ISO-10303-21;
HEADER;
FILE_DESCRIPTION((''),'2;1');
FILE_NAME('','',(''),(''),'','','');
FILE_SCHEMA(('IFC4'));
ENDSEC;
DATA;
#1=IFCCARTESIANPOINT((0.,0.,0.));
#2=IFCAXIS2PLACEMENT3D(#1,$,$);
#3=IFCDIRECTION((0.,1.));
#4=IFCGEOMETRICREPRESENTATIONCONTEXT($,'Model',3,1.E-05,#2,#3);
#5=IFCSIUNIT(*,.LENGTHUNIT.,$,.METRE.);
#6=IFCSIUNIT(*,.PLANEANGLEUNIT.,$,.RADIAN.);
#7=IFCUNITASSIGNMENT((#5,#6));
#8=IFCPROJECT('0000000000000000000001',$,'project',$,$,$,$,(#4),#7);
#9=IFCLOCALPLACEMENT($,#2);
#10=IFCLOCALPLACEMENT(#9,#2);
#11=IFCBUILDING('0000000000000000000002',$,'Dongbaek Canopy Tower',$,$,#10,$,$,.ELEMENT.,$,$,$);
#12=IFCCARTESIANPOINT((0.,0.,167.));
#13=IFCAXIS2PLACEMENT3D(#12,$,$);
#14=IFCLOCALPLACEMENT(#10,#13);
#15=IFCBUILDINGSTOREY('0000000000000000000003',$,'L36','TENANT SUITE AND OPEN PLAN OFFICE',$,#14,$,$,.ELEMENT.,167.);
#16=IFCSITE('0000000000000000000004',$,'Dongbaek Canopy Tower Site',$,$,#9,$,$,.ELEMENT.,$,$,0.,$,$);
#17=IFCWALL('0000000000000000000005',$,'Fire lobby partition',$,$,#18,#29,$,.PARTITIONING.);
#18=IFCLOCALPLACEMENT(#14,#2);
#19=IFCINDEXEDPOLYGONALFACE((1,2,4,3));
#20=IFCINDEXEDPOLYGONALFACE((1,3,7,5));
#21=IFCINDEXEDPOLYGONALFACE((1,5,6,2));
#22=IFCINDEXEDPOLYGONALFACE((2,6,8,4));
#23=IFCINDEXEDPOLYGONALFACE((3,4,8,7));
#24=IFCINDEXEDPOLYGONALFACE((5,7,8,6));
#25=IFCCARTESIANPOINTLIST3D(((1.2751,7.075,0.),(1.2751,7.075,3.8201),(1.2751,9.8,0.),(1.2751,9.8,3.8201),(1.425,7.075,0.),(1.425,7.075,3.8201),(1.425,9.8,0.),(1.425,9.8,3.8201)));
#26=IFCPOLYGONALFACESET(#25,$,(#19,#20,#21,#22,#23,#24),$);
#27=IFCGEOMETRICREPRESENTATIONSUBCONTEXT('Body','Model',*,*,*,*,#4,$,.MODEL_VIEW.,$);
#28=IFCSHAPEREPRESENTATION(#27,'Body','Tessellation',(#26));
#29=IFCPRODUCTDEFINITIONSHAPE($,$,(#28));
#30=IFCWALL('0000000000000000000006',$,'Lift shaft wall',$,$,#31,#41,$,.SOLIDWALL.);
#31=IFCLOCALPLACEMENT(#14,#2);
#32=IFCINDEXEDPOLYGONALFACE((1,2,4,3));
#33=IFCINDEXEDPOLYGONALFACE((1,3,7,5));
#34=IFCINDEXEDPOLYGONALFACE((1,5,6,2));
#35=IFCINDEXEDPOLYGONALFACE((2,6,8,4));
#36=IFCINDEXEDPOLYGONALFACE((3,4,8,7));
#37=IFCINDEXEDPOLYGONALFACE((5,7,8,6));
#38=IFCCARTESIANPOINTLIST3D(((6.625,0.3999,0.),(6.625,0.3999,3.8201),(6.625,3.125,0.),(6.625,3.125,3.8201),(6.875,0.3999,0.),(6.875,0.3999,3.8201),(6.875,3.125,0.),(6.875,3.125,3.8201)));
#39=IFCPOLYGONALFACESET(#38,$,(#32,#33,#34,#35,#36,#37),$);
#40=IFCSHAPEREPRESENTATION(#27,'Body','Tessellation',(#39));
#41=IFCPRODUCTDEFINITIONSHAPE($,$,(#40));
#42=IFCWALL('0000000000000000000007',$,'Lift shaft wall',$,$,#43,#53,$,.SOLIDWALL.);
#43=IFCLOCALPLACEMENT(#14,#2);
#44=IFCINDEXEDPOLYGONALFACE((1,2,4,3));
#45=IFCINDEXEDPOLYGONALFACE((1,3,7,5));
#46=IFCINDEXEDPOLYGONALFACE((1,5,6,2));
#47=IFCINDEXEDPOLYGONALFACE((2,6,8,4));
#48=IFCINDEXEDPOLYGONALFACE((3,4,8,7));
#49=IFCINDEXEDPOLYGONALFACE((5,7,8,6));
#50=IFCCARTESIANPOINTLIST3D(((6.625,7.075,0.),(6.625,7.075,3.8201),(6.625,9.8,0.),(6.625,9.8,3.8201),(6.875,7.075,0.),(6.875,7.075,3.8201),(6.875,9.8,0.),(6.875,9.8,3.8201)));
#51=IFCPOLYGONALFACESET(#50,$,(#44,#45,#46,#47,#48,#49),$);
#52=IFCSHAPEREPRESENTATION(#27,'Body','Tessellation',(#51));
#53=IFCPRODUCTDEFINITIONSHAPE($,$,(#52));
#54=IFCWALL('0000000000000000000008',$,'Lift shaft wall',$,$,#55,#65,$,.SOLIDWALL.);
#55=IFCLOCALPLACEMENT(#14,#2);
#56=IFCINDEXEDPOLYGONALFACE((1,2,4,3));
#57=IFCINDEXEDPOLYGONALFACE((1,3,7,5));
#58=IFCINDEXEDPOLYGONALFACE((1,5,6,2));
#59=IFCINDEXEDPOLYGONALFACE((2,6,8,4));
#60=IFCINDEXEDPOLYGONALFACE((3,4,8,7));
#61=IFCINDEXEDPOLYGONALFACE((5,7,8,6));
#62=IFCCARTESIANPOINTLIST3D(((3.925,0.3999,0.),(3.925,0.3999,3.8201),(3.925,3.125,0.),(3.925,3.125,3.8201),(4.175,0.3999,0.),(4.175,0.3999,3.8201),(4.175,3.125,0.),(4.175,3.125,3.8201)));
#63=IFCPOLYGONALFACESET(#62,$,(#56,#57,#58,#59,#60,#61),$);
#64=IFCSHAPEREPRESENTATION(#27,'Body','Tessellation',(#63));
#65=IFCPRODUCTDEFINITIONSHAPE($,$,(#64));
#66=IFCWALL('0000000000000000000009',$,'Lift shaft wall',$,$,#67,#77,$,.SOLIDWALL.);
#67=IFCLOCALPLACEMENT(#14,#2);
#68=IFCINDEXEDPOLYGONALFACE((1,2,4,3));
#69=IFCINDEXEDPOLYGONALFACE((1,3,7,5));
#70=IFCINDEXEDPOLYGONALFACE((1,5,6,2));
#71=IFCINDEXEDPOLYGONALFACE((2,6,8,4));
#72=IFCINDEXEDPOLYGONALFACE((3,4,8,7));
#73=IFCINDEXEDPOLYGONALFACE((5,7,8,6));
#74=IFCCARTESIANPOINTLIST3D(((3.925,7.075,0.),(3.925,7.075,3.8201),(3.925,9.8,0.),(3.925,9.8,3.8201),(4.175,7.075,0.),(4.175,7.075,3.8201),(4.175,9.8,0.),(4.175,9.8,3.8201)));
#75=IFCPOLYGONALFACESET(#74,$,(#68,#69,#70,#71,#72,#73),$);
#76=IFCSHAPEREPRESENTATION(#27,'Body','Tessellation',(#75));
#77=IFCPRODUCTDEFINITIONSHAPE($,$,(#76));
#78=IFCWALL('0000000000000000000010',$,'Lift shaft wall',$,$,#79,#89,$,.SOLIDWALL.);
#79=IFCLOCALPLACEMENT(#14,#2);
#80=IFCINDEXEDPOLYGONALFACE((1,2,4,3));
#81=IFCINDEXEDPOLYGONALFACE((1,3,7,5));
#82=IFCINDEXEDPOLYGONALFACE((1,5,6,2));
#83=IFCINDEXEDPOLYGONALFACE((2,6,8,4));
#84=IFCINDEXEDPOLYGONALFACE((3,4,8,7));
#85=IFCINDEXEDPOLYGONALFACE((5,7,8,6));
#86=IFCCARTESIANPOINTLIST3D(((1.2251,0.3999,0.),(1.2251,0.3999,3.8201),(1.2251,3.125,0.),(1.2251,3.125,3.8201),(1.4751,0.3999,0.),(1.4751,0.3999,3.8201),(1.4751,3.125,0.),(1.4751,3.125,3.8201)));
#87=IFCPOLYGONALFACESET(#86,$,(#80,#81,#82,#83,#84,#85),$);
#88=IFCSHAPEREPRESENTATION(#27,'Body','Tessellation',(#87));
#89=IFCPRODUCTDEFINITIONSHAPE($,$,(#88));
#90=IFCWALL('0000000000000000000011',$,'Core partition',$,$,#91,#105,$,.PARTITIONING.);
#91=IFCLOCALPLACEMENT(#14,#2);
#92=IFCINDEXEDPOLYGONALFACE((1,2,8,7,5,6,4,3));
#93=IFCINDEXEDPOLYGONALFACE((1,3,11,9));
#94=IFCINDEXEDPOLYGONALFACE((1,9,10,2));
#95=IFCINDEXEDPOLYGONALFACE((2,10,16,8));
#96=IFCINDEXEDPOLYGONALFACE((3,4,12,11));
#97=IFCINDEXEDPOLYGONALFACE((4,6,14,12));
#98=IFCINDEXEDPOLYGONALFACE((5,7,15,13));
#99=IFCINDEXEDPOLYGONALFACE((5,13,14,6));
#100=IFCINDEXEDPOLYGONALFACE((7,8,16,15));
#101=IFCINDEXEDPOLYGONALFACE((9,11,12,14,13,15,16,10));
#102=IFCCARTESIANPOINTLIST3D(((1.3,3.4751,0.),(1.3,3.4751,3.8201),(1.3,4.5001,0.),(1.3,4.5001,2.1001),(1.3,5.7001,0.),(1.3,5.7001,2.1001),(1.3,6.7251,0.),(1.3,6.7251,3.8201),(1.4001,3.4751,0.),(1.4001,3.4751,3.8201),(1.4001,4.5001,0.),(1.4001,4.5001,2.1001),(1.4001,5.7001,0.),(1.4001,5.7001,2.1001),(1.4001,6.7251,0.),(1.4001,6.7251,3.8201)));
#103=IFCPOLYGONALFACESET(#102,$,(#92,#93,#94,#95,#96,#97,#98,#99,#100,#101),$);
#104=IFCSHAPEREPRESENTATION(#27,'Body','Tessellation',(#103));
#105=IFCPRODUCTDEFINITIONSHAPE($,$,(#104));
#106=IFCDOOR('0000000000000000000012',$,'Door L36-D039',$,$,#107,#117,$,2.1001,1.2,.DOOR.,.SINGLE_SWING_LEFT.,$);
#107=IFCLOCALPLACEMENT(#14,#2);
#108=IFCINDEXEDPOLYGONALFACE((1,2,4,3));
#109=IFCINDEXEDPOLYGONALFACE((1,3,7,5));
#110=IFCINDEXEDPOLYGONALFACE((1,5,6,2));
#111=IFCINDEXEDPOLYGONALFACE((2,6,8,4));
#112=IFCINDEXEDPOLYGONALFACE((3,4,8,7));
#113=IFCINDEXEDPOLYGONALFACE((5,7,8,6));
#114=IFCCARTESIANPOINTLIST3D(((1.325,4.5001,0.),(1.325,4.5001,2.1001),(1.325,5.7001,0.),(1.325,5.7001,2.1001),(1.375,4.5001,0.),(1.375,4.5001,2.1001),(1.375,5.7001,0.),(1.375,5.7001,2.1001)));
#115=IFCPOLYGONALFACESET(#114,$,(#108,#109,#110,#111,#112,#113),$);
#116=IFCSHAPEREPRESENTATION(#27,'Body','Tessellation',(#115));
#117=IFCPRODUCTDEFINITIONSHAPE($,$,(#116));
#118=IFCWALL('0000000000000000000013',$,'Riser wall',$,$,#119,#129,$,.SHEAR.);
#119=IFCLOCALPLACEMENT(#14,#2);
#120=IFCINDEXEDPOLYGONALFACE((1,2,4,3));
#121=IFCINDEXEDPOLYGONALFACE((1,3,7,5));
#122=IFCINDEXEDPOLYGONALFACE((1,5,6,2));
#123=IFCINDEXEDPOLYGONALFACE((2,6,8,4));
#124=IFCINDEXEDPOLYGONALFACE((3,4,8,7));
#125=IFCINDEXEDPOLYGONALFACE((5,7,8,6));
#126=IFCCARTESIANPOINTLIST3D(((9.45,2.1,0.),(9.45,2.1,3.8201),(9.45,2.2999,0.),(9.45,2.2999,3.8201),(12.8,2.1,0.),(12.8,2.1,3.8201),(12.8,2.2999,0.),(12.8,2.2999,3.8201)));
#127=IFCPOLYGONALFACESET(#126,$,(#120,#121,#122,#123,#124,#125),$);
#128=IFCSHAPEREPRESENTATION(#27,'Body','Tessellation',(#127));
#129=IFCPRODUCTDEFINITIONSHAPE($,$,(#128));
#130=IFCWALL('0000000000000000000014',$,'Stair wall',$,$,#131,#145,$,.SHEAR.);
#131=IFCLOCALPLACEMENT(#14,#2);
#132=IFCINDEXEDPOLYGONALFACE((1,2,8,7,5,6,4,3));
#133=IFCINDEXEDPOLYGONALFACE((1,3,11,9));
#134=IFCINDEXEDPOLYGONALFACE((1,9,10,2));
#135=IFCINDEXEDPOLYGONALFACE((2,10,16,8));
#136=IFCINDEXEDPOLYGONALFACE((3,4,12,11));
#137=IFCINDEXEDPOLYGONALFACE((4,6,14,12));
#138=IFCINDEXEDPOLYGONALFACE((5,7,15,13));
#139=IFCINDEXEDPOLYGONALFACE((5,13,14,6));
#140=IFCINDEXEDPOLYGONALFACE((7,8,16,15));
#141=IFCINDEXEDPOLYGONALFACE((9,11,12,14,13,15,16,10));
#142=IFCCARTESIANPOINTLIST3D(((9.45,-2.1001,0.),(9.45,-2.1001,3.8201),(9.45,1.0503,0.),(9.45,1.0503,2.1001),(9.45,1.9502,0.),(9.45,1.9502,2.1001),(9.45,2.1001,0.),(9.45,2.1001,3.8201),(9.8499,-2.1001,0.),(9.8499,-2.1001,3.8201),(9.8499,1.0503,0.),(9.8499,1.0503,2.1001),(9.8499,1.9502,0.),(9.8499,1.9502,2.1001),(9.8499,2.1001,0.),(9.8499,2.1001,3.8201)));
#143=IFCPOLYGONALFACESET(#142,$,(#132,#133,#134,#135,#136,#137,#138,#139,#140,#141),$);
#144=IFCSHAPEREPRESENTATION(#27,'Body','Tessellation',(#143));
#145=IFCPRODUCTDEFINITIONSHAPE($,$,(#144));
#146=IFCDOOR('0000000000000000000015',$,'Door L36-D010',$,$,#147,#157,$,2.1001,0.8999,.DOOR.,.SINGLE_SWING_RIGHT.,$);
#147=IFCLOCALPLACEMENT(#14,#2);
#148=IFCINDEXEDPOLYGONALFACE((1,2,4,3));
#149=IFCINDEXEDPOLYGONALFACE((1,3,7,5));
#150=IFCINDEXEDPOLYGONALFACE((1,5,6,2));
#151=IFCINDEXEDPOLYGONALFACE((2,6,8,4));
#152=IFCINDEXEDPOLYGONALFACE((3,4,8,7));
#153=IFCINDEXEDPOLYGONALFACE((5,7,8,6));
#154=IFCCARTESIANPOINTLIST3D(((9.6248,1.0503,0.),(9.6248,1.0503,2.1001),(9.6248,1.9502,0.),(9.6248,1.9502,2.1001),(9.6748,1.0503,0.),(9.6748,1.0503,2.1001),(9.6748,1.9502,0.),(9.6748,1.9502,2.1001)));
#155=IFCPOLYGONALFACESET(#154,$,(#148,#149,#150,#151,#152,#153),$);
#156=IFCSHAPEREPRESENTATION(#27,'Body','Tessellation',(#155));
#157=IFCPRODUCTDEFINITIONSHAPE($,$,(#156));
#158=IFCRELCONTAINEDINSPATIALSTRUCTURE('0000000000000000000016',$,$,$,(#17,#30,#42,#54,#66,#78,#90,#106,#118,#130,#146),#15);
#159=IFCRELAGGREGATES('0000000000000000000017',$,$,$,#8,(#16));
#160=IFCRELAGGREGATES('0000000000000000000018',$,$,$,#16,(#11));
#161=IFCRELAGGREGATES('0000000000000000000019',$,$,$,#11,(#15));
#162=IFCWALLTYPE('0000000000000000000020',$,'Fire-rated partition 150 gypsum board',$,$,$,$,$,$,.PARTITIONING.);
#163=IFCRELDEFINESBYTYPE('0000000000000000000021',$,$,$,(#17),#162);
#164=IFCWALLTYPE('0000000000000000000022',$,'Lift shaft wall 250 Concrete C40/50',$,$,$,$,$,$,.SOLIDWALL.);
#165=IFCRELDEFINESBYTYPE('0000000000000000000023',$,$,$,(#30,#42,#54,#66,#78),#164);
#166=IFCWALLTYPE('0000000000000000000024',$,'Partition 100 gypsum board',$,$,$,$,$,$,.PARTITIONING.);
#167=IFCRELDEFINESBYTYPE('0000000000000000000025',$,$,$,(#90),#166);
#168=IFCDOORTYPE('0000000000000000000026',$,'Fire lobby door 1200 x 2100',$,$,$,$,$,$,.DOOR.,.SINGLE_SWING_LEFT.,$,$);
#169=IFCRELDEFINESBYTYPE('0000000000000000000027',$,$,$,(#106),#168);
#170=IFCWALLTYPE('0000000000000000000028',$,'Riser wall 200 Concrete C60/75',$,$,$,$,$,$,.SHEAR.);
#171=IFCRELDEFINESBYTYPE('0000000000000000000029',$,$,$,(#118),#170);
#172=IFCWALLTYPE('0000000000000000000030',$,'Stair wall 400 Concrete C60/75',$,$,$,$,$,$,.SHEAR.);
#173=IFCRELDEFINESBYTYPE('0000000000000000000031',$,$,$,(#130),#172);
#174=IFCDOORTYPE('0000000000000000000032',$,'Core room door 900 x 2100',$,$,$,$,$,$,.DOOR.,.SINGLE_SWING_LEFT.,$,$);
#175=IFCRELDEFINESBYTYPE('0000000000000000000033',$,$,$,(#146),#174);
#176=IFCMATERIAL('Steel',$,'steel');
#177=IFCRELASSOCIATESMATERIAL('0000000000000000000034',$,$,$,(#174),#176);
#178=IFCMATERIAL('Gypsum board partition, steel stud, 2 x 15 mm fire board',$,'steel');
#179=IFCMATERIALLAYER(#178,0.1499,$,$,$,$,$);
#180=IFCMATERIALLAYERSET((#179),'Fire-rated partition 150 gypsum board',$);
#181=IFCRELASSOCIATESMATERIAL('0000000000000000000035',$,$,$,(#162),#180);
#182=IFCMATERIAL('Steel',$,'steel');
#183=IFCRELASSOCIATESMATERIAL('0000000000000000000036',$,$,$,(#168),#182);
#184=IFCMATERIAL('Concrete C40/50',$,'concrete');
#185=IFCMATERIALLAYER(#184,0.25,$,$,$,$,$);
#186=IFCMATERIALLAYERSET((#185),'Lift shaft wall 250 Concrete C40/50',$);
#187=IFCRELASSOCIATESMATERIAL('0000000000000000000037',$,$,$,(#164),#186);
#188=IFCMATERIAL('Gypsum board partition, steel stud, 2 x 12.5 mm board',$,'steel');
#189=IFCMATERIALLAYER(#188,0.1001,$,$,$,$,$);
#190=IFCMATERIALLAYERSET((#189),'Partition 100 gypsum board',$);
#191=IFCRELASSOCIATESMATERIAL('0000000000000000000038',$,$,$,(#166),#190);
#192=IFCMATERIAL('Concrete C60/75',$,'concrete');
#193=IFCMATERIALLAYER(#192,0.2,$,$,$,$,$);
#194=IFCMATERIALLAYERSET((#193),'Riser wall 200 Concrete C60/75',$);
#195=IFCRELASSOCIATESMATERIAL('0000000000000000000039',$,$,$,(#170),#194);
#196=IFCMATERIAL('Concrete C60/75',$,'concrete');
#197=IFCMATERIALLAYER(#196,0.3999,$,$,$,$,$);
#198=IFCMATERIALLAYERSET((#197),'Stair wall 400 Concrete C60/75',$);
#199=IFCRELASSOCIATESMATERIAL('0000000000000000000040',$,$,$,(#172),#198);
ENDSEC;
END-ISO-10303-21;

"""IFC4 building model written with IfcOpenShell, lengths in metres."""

from ifc_helpers import new_model, si_unit, direction, frame, frame_2d, origin, place, context, subcontext, project, spatial, rectangle, extrude, material, layer, layer_set, type_object, element, fill, save


model = new_model("IFC4")

# Units and contexts
model_context = context("Model", 3, precision=1e-05, world=origin(), true_north=direction((0.0, 1.0)))
body_context = subcontext(model_context, "Body", "Model", "MODEL_VIEW")
ifc_project = project(units=[si_unit("LENGTHUNIT", "METRE"), si_unit("PLANEANGLEUNIT", "RADIAN")], contexts=[model_context])

# Site, building, storey
site_placement = place(None, origin())
site = spatial("IfcSite", under=ifc_project, at=site_placement, Name="Dongbaek Canopy Tower Site", CompositionType="ELEMENT", RefElevation=0.0)
building_placement = place(site_placement, origin())
building = spatial("IfcBuilding", under=site, at=building_placement, Name="Dongbaek Canopy Tower", CompositionType="ELEMENT")
storey_placement = place(building_placement, frame((0.0, 0.0, 167.0)))
storey = spatial("IfcBuildingStorey", under=building, at=storey_placement, Name="L36", Description="TENANT SUITE AND OPEN PLAN OFFICE", CompositionType="ELEMENT", Elevation=167.0)

# Shared definitions
ifc_material_1 = material(Name="Steel", Category="steel")
door_type_1 = type_object("IfcDoorType", Name="Core room door 900 x 2100", OperationType="SINGLE_SWING_LEFT", PredefinedType="DOOR", material=ifc_material_1)

# Shared definitions
ifc_material_2 = material(Name="Gypsum board partition, steel stud, 2 x 15 mm fire board", Category="steel")
ifc_layer_1 = layer(ifc_material_2, 0.1499)
ifc_layer_set_1 = layer_set([ifc_layer_1], Name="Fire-rated partition 150 gypsum board")
wall_type_1 = type_object("IfcWallType", Name="Fire-rated partition 150 gypsum board", PredefinedType="PARTITIONING", material=ifc_layer_set_1)
ifc_material_3 = material(Name="Steel", Category="steel")
door_type_2 = type_object("IfcDoorType", Name="Fire lobby door 1200 x 2100", OperationType="SINGLE_SWING_LEFT", PredefinedType="DOOR", material=ifc_material_3)

# Walls
wall_1_placement = place(storey_placement, frame((1.3501, 7.075, 0.0), z_axis=(0.0, 0.0, 1.0), x_axis=(0.0, 1.0, 0.0)))
element("IfcWall", 1, at=wall_1_placement, inside=storey, type_object=wall_type_1, Name="Fire lobby partition", PredefinedType="PARTITIONING", context=body_context, shape_type="SweptSolid", body=[
    extrude(rectangle(XDim=2.7251, YDim=0.1499, at=frame_2d((1.3625, 0.0))), origin(), (0.0, 0.0, 1.0), 3.8201),
])
ifc_material_4 = material(Name="Concrete C40/50", Category="concrete")
ifc_layer_2 = layer(ifc_material_4, 0.25)
ifc_layer_set_2 = layer_set([ifc_layer_2], Name="Lift shaft wall 250 Concrete C40/50")
wall_type_2 = type_object("IfcWallType", Name="Lift shaft wall 250 Concrete C40/50", PredefinedType="SOLIDWALL", material=ifc_layer_set_2)
for number, where, z_axis, x_axis, name in (
    (2, (6.75, 0.3999, 0.0), (0.0, 0.0, 1.0), (0.0, 1.0, 0.0), "Lift shaft wall"),
    (3, (6.75, 7.075, 0.0), (0.0, 0.0, 1.0), (0.0, 1.0, 0.0), "Lift shaft wall"),
    (4, (4.05, 0.3999, 0.0), (0.0, 0.0, 1.0), (0.0, 1.0, 0.0), "Lift shaft wall"),
    (5, (4.05, 7.075, 0.0), (0.0, 0.0, 1.0), (0.0, 1.0, 0.0), "Lift shaft wall"),
    (6, (1.3501, 0.3999, 0.0), (0.0, 0.0, 1.0), (0.0, 1.0, 0.0), "Lift shaft wall"),
):
    element("IfcWall", number, at=place(storey_placement, frame(where, z_axis=z_axis, x_axis=x_axis)), inside=storey, type_object=wall_type_2, Name=name, PredefinedType="SOLIDWALL", context=body_context, shape_type="SweptSolid", body=[
        extrude(rectangle(XDim=2.7251, YDim=0.25, at=frame_2d((1.3625, 0.0))), origin(), (0.0, 0.0, 1.0), 3.8201),
    ])

# Wall, opening, door
ifc_material_5 = material(Name="Gypsum board partition, steel stud, 2 x 12.5 mm board", Category="steel")
ifc_layer_3 = layer(ifc_material_5, 0.1001)
ifc_layer_set_3 = layer_set([ifc_layer_3], Name="Partition 100 gypsum board")
wall_type_3 = type_object("IfcWallType", Name="Partition 100 gypsum board", PredefinedType="PARTITIONING", material=ifc_layer_set_3)
wall_2_placement = place(storey_placement, frame((1.3501, 6.7251, 0.0), z_axis=(0.0, 0.0, 1.0), x_axis=(0.0, -1.0, 0.0)))
wall_2 = element("IfcWall", 7, at=wall_2_placement, inside=storey, type_object=wall_type_3, Name="Core partition", PredefinedType="PARTITIONING", context=body_context, shape_type="SweptSolid", body=[
    extrude(rectangle(XDim=3.25, YDim=0.1001, at=frame_2d((1.625, 0.0))), origin(), (0.0, 0.0, 1.0), 3.8201),
])
opening_1_placement = place(wall_2_placement, frame((1.0249, 0.0, 0.0)))
opening_1 = element("IfcOpeningElement", 8, at=opening_1_placement, cuts=wall_2, PredefinedType="OPENING", context=body_context, shape_type="SweptSolid", body=[
    extrude(rectangle(XDim=1.2, YDim=2.1001, at=frame_2d((0.6001, 1.05))), frame((0.0, 0.0601, 0.0), z_axis=(0.0, -1.0, 0.0), x_axis=(1.0, 0.0, 0.0)), (0.0, 0.0, 1.0), 0.1201),
])
door_1_placement = place(opening_1_placement, origin())
door_1 = element("IfcDoor", 9, at=door_1_placement, inside=storey, type_object=door_type_2, Name="Door L36-D039", OperationType="SINGLE_SWING_LEFT", OverallHeight=2.1001, OverallWidth=1.2, PredefinedType="DOOR", context=body_context, shape_type="SweptSolid", body=[
    extrude(rectangle(XDim=1.2, YDim=2.1001, at=frame_2d((0.6001, 1.05))), frame((0.0, 0.0249, 0.0), z_axis=(0.0, -1.0, 0.0), x_axis=(1.0, 0.0, 0.0)), (0.0, 0.0, 1.0), 0.05),
])
fill(opening_1, door_1)

# Wall
ifc_material_6 = material(Name="Concrete C60/75", Category="concrete")
ifc_layer_4 = layer(ifc_material_6, 0.2)
ifc_layer_set_4 = layer_set([ifc_layer_4], Name="Riser wall 200 Concrete C60/75")
wall_type_4 = type_object("IfcWallType", Name="Riser wall 200 Concrete C60/75", PredefinedType="SHEAR", material=ifc_layer_set_4)
wall_3_placement = place(storey_placement, frame((9.45, 2.2, 0.0), z_axis=(0.0, 0.0, 1.0), x_axis=(1.0, 0.0, 0.0)))
element("IfcWall", 10, at=wall_3_placement, inside=storey, type_object=wall_type_4, Name="Riser wall", PredefinedType="SHEAR", context=body_context, shape_type="SweptSolid", body=[
    extrude(rectangle(XDim=3.3501, YDim=0.2, at=frame_2d((1.675, 0.0))), origin(), (0.0, 0.0, 1.0), 3.8201),
])

# Wall, opening, door
ifc_material_7 = material(Name="Concrete C60/75", Category="concrete")
ifc_layer_5 = layer(ifc_material_7, 0.3999)
ifc_layer_set_5 = layer_set([ifc_layer_5], Name="Stair wall 400 Concrete C60/75")
wall_type_5 = type_object("IfcWallType", Name="Stair wall 400 Concrete C60/75", PredefinedType="SHEAR", material=ifc_layer_set_5)
wall_4_placement = place(storey_placement, frame((9.6499, 2.1001, 0.0), z_axis=(0.0, 0.0, 1.0), x_axis=(0.0, -1.0, 0.0)))
wall_4 = element("IfcWall", 11, at=wall_4_placement, inside=storey, type_object=wall_type_5, Name="Stair wall", PredefinedType="SHEAR", context=body_context, shape_type="SweptSolid", body=[
    extrude(rectangle(XDim=4.2002, YDim=0.3999, at=frame_2d((2.1001, 0.0))), origin(), (0.0, 0.0, 1.0), 3.8201),
])
opening_2_placement = place(wall_4_placement, frame((0.1499, 0.0, 0.0)))
opening_2 = element("IfcOpeningElement", 12, at=opening_2_placement, cuts=wall_4, PredefinedType="OPENING", context=body_context, shape_type="SweptSolid", body=[
    extrude(rectangle(XDim=0.8999, YDim=2.1001, at=frame_2d((0.45, 1.05))), frame((0.0, 0.21, 0.0), z_axis=(0.0, -1.0, 0.0), x_axis=(1.0, 0.0, 0.0)), (0.0, 0.0, 1.0), 0.4199),
])
door_2_placement = place(opening_2_placement, origin())
door_2 = element("IfcDoor", 13, at=door_2_placement, inside=storey, type_object=door_type_1, Name="Door L36-D010", OperationType="SINGLE_SWING_RIGHT", OverallHeight=2.1001, OverallWidth=0.8999, PredefinedType="DOOR", context=body_context, shape_type="SweptSolid", body=[
    extrude(rectangle(XDim=0.8999, YDim=2.1001, at=frame_2d((0.45, 1.05))), frame((0.0, 0.0249, 0.0), z_axis=(0.0, -1.0, 0.0), x_axis=(1.0, 0.0, 0.0)), (0.0, 0.0, 1.0), 0.05),
])
fill(opening_2, door_2)

save(model, "model.ifc")
